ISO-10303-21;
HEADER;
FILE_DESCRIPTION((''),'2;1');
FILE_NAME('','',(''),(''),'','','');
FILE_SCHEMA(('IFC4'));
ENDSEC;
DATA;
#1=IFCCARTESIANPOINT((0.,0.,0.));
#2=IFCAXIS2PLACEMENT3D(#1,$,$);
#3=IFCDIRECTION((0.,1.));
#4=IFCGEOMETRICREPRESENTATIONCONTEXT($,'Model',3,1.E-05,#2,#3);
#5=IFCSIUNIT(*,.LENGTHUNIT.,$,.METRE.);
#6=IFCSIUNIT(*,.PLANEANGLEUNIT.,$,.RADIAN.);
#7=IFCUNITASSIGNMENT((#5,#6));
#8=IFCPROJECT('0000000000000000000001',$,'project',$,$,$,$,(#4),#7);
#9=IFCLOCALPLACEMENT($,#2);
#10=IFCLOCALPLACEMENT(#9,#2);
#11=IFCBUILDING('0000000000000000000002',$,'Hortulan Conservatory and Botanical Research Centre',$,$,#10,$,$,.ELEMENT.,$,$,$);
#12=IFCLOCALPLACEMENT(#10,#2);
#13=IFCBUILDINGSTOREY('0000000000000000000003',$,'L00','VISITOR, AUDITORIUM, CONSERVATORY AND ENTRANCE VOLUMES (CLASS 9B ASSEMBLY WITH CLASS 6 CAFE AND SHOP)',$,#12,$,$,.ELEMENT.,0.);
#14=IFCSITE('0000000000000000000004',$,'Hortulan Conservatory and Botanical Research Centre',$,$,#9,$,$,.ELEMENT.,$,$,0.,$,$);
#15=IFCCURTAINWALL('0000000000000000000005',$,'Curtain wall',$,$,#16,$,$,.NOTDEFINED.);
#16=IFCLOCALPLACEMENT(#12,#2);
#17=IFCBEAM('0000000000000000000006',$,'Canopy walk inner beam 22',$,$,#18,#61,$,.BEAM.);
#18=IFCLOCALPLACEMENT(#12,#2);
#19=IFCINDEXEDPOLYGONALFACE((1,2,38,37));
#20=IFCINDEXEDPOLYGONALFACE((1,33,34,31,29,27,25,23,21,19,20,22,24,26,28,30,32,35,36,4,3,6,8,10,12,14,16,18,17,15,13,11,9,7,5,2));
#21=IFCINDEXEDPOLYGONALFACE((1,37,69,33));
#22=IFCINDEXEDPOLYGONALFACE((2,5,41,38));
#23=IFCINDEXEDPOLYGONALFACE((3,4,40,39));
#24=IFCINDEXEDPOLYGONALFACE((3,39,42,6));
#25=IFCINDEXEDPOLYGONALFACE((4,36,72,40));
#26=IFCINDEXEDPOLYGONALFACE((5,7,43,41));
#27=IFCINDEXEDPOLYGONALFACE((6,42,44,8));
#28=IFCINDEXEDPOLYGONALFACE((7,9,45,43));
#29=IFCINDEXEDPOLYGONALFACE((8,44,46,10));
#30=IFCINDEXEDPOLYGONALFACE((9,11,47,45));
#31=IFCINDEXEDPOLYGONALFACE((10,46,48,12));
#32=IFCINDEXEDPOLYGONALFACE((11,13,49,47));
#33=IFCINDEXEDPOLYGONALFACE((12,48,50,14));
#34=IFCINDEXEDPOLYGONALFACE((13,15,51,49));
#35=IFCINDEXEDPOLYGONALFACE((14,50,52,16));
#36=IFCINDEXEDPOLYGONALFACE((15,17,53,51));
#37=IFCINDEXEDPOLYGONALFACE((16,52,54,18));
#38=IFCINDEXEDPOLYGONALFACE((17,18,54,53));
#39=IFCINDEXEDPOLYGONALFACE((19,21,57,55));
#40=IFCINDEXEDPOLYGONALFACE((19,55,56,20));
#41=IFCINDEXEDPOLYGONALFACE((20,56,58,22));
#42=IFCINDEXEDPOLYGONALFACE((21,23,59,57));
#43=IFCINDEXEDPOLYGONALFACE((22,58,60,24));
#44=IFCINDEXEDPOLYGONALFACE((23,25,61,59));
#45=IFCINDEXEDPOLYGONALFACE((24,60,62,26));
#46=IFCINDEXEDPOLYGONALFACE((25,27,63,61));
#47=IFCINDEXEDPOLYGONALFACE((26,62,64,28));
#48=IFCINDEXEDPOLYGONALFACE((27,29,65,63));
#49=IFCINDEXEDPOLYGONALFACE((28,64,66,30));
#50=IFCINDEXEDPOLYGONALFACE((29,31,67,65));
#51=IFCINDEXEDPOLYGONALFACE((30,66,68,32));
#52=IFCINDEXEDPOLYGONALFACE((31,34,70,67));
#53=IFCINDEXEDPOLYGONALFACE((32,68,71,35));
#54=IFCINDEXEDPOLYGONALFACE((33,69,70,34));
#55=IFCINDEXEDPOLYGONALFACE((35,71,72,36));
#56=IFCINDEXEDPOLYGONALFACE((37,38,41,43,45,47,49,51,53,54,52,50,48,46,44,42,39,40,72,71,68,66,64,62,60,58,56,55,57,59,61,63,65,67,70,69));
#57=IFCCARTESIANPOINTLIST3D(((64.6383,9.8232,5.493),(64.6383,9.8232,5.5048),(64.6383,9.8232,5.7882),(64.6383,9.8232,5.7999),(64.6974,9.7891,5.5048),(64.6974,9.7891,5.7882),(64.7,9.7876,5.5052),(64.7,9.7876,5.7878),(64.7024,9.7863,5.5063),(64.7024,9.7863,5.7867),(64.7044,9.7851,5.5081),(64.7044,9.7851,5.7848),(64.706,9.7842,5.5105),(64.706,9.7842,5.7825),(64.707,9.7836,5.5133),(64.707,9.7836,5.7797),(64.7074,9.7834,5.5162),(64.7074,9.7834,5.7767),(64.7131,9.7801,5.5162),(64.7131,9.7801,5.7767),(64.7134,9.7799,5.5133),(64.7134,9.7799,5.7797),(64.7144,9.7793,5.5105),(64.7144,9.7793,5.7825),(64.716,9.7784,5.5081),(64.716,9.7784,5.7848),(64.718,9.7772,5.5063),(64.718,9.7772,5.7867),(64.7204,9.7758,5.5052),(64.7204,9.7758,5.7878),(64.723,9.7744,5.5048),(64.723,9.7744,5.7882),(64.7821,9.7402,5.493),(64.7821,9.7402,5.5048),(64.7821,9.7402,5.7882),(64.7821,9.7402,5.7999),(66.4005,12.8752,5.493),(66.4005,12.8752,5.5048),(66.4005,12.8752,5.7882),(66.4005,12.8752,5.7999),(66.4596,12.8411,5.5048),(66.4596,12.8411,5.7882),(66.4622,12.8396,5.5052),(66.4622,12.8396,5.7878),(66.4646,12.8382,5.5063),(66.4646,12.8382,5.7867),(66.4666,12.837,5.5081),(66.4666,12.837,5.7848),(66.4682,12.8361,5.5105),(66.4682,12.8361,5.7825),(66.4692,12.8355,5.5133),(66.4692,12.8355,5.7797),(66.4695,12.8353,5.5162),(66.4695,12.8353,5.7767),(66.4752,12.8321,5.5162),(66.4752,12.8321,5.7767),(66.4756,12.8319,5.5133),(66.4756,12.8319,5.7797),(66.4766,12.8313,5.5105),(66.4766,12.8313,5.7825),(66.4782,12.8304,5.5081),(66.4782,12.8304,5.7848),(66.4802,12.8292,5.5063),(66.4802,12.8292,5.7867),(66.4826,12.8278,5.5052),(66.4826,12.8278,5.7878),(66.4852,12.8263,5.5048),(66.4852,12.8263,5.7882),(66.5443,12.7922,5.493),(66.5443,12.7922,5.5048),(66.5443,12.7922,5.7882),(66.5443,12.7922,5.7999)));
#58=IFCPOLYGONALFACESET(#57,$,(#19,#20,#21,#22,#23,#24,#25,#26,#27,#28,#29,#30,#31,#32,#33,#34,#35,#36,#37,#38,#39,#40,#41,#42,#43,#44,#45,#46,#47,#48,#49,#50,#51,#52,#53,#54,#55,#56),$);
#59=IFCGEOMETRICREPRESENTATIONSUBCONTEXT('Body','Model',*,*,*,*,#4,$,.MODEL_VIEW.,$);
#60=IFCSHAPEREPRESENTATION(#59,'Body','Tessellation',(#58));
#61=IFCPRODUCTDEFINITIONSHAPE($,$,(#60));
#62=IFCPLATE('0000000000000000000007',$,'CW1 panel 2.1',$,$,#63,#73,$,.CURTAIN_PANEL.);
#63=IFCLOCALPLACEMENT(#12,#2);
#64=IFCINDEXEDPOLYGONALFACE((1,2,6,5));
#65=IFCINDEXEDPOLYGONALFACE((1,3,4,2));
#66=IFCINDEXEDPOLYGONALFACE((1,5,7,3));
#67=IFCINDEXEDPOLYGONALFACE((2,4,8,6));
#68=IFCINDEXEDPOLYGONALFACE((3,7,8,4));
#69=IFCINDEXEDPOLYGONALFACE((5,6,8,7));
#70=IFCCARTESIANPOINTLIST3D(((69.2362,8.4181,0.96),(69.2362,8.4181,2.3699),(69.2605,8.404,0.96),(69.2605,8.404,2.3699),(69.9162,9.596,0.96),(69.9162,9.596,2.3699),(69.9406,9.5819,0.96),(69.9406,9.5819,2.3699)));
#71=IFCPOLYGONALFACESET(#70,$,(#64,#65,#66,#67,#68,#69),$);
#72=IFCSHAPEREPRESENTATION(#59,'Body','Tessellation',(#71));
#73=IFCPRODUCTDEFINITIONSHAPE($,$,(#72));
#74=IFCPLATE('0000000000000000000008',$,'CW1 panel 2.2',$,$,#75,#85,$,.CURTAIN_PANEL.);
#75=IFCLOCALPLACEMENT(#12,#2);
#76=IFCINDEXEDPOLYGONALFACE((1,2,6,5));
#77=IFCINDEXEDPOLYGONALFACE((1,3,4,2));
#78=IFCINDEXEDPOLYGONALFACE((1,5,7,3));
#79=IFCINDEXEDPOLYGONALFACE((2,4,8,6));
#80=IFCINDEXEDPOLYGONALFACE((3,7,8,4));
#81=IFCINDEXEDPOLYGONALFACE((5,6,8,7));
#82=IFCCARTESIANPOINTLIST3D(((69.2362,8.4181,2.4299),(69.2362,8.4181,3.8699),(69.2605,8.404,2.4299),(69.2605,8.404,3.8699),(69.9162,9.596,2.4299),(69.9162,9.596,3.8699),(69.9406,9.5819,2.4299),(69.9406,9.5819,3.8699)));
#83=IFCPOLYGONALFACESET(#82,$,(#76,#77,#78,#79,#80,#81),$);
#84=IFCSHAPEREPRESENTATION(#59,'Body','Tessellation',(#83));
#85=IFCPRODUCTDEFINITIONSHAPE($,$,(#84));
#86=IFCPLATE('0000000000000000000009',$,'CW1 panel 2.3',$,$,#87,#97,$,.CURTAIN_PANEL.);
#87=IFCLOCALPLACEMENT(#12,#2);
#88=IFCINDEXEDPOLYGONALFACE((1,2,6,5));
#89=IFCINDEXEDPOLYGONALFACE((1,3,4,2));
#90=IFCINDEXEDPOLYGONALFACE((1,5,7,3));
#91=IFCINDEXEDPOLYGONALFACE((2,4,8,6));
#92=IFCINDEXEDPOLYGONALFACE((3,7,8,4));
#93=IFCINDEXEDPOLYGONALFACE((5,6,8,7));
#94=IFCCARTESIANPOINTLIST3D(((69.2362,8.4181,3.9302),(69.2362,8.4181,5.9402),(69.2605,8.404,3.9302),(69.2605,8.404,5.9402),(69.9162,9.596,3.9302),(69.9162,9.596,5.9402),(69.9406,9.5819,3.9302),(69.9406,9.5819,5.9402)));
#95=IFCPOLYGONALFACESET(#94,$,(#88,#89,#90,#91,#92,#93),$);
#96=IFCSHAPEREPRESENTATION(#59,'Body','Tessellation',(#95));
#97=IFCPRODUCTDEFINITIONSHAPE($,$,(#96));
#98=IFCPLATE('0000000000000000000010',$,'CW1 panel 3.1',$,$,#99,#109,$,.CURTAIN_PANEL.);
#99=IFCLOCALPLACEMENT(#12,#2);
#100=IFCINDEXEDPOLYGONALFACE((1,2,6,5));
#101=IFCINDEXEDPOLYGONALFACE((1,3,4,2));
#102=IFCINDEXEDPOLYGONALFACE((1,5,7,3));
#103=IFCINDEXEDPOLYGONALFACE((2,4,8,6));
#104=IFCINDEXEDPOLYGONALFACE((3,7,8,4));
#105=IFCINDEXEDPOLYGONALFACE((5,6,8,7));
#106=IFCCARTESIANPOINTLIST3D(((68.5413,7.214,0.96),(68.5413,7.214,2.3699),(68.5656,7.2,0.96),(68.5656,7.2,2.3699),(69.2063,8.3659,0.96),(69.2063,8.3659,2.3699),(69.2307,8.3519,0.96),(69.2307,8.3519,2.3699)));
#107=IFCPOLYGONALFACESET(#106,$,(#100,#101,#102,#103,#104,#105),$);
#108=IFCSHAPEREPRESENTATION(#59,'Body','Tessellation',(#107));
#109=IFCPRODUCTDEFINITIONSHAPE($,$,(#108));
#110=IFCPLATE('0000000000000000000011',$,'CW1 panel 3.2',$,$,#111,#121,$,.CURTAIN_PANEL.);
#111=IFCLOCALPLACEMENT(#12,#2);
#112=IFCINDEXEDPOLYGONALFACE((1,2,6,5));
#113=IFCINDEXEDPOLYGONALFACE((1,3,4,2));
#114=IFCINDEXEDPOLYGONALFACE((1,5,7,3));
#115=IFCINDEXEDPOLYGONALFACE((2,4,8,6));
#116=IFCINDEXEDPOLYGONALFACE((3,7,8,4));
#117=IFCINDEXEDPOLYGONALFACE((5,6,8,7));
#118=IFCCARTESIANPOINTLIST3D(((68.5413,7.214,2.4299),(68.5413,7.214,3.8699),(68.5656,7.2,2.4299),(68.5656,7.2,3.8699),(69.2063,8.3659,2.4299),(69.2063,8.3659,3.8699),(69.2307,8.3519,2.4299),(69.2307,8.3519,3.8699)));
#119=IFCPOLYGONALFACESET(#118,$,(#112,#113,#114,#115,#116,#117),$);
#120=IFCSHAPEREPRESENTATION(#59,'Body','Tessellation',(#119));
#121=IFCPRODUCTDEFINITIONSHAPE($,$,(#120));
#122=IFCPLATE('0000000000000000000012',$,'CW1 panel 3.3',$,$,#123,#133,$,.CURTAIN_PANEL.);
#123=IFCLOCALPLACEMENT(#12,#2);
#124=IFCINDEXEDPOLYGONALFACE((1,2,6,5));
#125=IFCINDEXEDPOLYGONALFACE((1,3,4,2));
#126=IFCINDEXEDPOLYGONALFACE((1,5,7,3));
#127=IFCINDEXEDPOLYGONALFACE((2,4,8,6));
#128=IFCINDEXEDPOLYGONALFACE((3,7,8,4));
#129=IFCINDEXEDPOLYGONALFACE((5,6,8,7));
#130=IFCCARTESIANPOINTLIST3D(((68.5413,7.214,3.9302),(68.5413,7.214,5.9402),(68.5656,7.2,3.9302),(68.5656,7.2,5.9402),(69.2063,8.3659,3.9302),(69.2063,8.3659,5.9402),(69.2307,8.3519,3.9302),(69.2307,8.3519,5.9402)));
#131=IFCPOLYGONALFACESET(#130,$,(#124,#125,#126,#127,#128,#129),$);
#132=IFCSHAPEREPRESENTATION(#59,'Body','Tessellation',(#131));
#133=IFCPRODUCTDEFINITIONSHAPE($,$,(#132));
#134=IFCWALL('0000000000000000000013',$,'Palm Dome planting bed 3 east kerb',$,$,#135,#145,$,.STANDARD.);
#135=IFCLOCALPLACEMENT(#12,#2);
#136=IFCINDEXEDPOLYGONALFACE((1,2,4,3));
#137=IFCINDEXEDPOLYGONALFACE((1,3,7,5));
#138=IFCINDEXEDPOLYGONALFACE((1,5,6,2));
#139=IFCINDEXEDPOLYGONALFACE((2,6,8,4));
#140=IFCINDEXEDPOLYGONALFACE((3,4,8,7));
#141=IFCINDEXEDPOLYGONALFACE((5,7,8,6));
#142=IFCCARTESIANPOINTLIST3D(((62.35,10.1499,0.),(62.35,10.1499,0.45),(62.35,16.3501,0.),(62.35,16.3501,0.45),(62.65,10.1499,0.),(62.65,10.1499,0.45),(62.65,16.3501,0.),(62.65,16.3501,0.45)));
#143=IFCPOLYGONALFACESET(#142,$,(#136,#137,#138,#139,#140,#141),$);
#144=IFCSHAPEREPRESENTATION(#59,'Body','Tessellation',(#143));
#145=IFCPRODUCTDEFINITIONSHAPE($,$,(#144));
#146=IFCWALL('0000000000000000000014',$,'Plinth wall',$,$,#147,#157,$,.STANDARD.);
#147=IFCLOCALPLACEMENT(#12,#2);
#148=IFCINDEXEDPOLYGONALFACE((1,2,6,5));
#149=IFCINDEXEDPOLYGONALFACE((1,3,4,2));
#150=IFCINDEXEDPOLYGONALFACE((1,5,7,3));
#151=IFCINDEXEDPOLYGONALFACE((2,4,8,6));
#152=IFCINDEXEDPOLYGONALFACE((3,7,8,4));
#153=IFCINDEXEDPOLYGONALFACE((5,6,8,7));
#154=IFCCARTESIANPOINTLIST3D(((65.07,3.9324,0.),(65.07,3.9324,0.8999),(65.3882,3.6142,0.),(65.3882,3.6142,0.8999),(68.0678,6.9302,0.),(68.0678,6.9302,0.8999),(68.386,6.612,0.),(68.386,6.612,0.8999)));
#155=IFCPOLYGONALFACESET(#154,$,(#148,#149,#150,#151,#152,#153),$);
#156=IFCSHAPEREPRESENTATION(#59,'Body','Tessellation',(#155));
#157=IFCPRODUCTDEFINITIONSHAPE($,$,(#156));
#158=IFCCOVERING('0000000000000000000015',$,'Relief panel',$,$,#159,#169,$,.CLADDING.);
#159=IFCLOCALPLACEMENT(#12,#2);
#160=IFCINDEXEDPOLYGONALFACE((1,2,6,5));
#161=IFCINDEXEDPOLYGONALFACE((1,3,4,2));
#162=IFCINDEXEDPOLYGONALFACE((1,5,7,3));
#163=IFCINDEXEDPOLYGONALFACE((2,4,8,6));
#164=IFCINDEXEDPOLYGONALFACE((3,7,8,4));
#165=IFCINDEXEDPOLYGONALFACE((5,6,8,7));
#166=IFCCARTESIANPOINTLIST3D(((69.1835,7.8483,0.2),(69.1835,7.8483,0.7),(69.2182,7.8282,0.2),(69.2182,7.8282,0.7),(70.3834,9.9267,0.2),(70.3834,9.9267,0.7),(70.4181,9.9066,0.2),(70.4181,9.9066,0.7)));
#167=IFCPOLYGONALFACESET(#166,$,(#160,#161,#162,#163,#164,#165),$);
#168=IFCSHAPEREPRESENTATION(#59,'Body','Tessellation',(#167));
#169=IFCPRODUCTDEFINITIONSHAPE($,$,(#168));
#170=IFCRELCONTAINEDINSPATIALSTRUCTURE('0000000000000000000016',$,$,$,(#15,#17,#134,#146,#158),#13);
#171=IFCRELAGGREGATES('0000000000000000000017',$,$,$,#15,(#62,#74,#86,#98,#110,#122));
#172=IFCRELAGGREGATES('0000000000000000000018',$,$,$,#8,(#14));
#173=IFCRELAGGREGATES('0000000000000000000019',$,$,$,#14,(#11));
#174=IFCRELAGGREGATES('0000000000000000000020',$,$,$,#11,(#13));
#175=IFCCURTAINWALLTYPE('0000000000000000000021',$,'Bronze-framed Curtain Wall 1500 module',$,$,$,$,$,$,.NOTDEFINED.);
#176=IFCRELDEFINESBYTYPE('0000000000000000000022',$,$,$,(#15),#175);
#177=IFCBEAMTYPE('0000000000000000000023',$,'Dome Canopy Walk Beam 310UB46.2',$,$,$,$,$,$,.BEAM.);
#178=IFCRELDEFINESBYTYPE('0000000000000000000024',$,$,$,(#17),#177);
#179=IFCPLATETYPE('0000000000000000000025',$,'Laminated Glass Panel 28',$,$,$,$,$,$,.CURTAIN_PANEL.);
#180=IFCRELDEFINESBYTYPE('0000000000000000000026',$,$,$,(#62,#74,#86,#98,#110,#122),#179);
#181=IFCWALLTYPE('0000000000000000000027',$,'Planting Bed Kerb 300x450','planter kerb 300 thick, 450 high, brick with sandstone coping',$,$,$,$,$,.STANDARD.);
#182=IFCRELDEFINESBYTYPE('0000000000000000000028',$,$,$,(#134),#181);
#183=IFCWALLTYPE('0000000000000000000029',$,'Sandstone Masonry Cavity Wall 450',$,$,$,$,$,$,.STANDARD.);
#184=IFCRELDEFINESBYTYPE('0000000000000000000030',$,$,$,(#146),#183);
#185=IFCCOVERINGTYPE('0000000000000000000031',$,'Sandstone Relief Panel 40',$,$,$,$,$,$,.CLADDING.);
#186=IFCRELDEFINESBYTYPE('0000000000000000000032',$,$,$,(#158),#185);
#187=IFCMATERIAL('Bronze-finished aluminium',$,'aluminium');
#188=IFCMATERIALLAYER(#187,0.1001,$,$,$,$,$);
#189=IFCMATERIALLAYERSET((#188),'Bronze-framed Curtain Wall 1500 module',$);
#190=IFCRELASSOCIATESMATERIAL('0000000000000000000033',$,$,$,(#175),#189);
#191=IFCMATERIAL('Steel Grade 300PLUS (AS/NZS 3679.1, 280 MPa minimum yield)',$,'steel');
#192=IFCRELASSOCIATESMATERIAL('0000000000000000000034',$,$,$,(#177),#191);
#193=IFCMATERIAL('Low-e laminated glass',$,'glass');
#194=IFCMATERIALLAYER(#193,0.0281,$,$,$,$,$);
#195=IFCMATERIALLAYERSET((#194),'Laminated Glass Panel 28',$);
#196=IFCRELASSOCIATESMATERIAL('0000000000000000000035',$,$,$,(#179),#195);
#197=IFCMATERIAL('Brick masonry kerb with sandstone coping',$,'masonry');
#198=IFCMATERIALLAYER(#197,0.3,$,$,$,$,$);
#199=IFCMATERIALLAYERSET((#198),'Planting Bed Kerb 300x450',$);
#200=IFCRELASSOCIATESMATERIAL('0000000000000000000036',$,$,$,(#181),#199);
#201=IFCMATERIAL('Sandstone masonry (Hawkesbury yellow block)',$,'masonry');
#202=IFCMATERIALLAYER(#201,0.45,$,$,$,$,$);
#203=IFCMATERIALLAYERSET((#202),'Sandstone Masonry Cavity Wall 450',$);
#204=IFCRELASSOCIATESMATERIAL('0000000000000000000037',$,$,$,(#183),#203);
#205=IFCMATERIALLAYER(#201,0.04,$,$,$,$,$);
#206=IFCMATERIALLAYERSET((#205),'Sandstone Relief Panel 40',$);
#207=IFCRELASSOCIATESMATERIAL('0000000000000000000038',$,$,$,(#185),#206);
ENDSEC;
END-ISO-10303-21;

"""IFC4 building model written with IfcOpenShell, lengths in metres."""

from ifc_helpers import new_model, si_unit, direction, frame, frame_2d, origin, origin_2d, place, context, subcontext, project, spatial, rectangle, i_section, extrude, material, layer, layer_set, material_profile, profile_set, type_object, element, aggregate, save


model = new_model("IFC4")

# Units and contexts
model_context = context("Model", 3, precision=1e-05, world=origin(), true_north=direction((0.0, 1.0)))
body_context = subcontext(model_context, "Body", "Model", "MODEL_VIEW")
ifc_project = project(units=[si_unit("LENGTHUNIT", "METRE"), si_unit("PLANEANGLEUNIT", "RADIAN")], contexts=[model_context])

# Site, building, storey
site_placement = place(None, origin())
site = spatial("IfcSite", under=ifc_project, at=site_placement, Name="Hortulan Conservatory and Botanical Research Centre", CompositionType="ELEMENT", RefElevation=0.0)
building_placement = place(site_placement, origin())
building = spatial("IfcBuilding", under=site, at=building_placement, Name="Hortulan Conservatory and Botanical Research Centre", CompositionType="ELEMENT")
storey_placement = place(building_placement, origin())
storey = spatial("IfcBuildingStorey", under=building, at=storey_placement, Name="L00", Description="VISITOR, AUDITORIUM, CONSERVATORY AND ENTRANCE VOLUMES (CLASS 9B ASSEMBLY WITH CLASS 6 CAFE AND SHOP)", CompositionType="ELEMENT", Elevation=0.0)

# Shared definitions
ifc_material_1 = material(Name="Bronze-finished aluminium", Category="aluminium")
ifc_layer_1 = layer(ifc_material_1, 0.1001)
ifc_layer_set_1 = layer_set([ifc_layer_1], Name="Bronze-framed Curtain Wall 1500 module")
curtain_wall_type = type_object("IfcCurtainWallType", Name="Bronze-framed Curtain Wall 1500 module", PredefinedType="NOTDEFINED", material=ifc_layer_set_1)

# Curtain wall
curtain_wall_1_placement = place(storey_placement, origin())
curtain_wall_1 = element("IfcCurtainWall", 1, at=curtain_wall_1_placement, inside=storey, type_object=curtain_wall_type, Name="Curtain wall", PredefinedType="NOTDEFINED")

# Beam
ifc_material_2 = material(Name="Steel Grade 300PLUS (AS/NZS 3679.1, 280 MPa minimum yield)", Category="steel")
ifc_material_profile_1 = material_profile(ifc_material_2, i_section(OverallWidth=0.166, OverallDepth=0.3069, WebThickness=0.0066, FlangeThickness=0.0117, FilletRadius=0.0115, at=origin_2d()), Name="310UB46.2")
ifc_profile_set_1 = profile_set([ifc_material_profile_1], Name="Steel Grade 300PLUS (AS/NZS 3679.1, 280 MPa minimum yield)")
beam_type = type_object("IfcBeamType", Name="Dome Canopy Walk Beam 310UB46.2", PredefinedType="BEAM", material=ifc_profile_set_1)
for number, where, z_axis, x_axis, name in (
    (2, (64.7102, 9.7817, 5.6465), (0.500028, 0.866009, 0.0), (-0.866009, 0.500028, 0.0), "Canopy walk inner beam 22"),
):
    element("IfcBeam", number, at=place(storey_placement, frame(where, z_axis=z_axis, x_axis=x_axis)), inside=storey, type_object=beam_type, Name=name, PredefinedType="BEAM", context=body_context, shape_type="SweptSolid", body=[
        extrude(i_section(OverallWidth=0.166, OverallDepth=0.3069, WebThickness=0.0066, FlangeThickness=0.0117, FilletRadius=0.0115, at=origin_2d()), origin(), (0.0, 0.0, 1.0), 3.5242),
    ])

# Plates
ifc_material_3 = material(Name="Low-e laminated glass", Category="glass")
ifc_layer_2 = layer(ifc_material_3, 0.0281)
ifc_layer_set_2 = layer_set([ifc_layer_2], Name="Laminated Glass Panel 28")
plate_type = type_object("IfcPlateType", Name="Laminated Glass Panel 28", PredefinedType="CURTAIN_PANEL", material=ifc_layer_set_2)
plate_1_placement = place(storey_placement, frame((69.5884, 9.0, 0.96), z_axis=(0.0, 0.0, 1.0), x_axis=(-0.499981, -0.866036, 0.0)))
plate_1 = element("IfcPlate", 3, at=plate_1_placement, type_object=plate_type, Name="CW1 panel 2.1", PredefinedType="CURTAIN_PANEL", context=body_context, shape_type="SweptSolid", body=[
    extrude(rectangle(XDim=1.3601, YDim=0.0281, at=origin_2d()), origin(), (0.0, 0.0, 1.0), 1.4099),
])
plate_2_placement = place(storey_placement, frame((69.5884, 9.0, 2.4299), z_axis=(0.0, 0.0, 1.0), x_axis=(-0.499981, -0.866036, 0.0)))
plate_2 = element("IfcPlate", 4, at=plate_2_placement, type_object=plate_type, Name="CW1 panel 2.2", PredefinedType="CURTAIN_PANEL", context=body_context, shape_type="SweptSolid", body=[
    extrude(rectangle(XDim=1.3601, YDim=0.0281, at=origin_2d()), origin(), (0.0, 0.0, 1.0), 1.4399),
])
plate_3_placement = place(storey_placement, frame((69.5884, 9.0, 3.9302), z_axis=(0.0, 0.0, 1.0), x_axis=(-0.499981, -0.866036, 0.0)))
plate_3 = element("IfcPlate", 5, at=plate_3_placement, type_object=plate_type, Name="CW1 panel 2.3", PredefinedType="CURTAIN_PANEL", context=body_context, shape_type="SweptSolid", body=[
    extrude(rectangle(XDim=1.3601, YDim=0.0281, at=origin_2d()), origin(), (0.0, 0.0, 1.0), 2.01),
])
plate_4_placement = place(storey_placement, frame((68.886, 7.783, 0.96), z_axis=(0.0, 0.0, 1.0), x_axis=(-0.499981, -0.866036, 0.0)))
plate_4 = element("IfcPlate", 6, at=plate_4_placement, type_object=plate_type, Name="CW1 panel 3.1", PredefinedType="CURTAIN_PANEL", context=body_context, shape_type="SweptSolid", body=[
    extrude(rectangle(XDim=1.3301, YDim=0.0281, at=origin_2d()), origin(), (0.0, 0.0, 1.0), 1.4099),
])
plate_5_placement = place(storey_placement, frame((68.886, 7.783, 2.4299), z_axis=(0.0, 0.0, 1.0), x_axis=(-0.499981, -0.866036, 0.0)))
plate_5 = element("IfcPlate", 7, at=plate_5_placement, type_object=plate_type, Name="CW1 panel 3.2", PredefinedType="CURTAIN_PANEL", context=body_context, shape_type="SweptSolid", body=[
    extrude(rectangle(XDim=1.3301, YDim=0.0281, at=origin_2d()), origin(), (0.0, 0.0, 1.0), 1.4399),
])
plate_6_placement = place(storey_placement, frame((68.886, 7.783, 3.9302), z_axis=(0.0, 0.0, 1.0), x_axis=(-0.499981, -0.866036, 0.0)))
plate_6 = element("IfcPlate", 8, at=plate_6_placement, type_object=plate_type, Name="CW1 panel 3.3", PredefinedType="CURTAIN_PANEL", context=body_context, shape_type="SweptSolid", body=[
    extrude(rectangle(XDim=1.3301, YDim=0.0281, at=origin_2d()), origin(), (0.0, 0.0, 1.0), 2.01),
])
aggregate(curtain_wall_1, [plate_1, plate_2, plate_3, plate_4, plate_5, plate_6])

# Walls
ifc_material_4 = material(Name="Brick masonry kerb with sandstone coping", Category="masonry")
ifc_layer_3 = layer(ifc_material_4, 0.3)
ifc_layer_set_3 = layer_set([ifc_layer_3], Name="Planting Bed Kerb 300x450")
wall_type_1 = type_object("IfcWallType", Name="Planting Bed Kerb 300x450", Description="planter kerb 300 thick, 450 high, brick with sandstone coping", PredefinedType="STANDARD", material=ifc_layer_set_3)
wall_1_placement = place(storey_placement, frame((62.5, 10.1499, 0.0), z_axis=(0.0, 0.0, 1.0), x_axis=(0.0, 1.0, 0.0)))
element("IfcWall", 9, at=wall_1_placement, inside=storey, type_object=wall_type_1, Name="Palm Dome planting bed 3 east kerb", PredefinedType="STANDARD", context=body_context, shape_type="SweptSolid", body=[
    extrude(rectangle(XDim=6.2002, YDim=0.3, at=frame_2d((3.1001, 0.0))), origin(), (0.0, 0.0, 1.0), 0.45),
])
ifc_material_5 = material(Name="Sandstone masonry (Hawkesbury yellow block)", Category="masonry")
ifc_layer_4 = layer(ifc_material_5, 0.45)
ifc_layer_set_4 = layer_set([ifc_layer_4], Name="Sandstone Masonry Cavity Wall 450")
wall_type_2 = type_object("IfcWallType", Name="Sandstone Masonry Cavity Wall 450", PredefinedType="STANDARD", material=ifc_layer_set_4)
wall_2_placement = place(storey_placement, frame((68.2268, 6.771, 0.0), z_axis=(0.0, 0.0, 1.0), x_axis=(-0.707107, -0.707107, 0.0)))
element("IfcWall", 10, at=wall_2_placement, inside=storey, type_object=wall_type_2, Name="Plinth wall", PredefinedType="STANDARD", context=body_context, shape_type="SweptSolid", body=[
    extrude(rectangle(XDim=4.2395, YDim=0.45, at=frame_2d((2.1196, 0.0))), origin(), (0.0, 0.0, 1.0), 0.8999),
])

# Covering
ifc_layer_5 = layer(ifc_material_5, 0.04)
ifc_layer_set_5 = layer_set([ifc_layer_5], Name="Sandstone Relief Panel 40")
covering_type = type_object("IfcCoveringType", Name="Sandstone Relief Panel 40", PredefinedType="CLADDING", material=ifc_layer_set_5)
covering_placement = place(storey_placement, frame((69.8008, 8.8774, 0.2), z_axis=(0.0, 0.0, 1.0), x_axis=(-0.499982, -0.866036, 0.0)))
element("IfcCovering", 11, at=covering_placement, inside=storey, type_object=covering_type, Name="Relief panel", PredefinedType="CLADDING", context=body_context, shape_type="SweptSolid", body=[
    extrude(rectangle(XDim=2.3999, YDim=0.04, at=origin_2d()), origin(), (0.0, 0.0, 1.0), 0.5),
])

save(model, "model.ifc")
